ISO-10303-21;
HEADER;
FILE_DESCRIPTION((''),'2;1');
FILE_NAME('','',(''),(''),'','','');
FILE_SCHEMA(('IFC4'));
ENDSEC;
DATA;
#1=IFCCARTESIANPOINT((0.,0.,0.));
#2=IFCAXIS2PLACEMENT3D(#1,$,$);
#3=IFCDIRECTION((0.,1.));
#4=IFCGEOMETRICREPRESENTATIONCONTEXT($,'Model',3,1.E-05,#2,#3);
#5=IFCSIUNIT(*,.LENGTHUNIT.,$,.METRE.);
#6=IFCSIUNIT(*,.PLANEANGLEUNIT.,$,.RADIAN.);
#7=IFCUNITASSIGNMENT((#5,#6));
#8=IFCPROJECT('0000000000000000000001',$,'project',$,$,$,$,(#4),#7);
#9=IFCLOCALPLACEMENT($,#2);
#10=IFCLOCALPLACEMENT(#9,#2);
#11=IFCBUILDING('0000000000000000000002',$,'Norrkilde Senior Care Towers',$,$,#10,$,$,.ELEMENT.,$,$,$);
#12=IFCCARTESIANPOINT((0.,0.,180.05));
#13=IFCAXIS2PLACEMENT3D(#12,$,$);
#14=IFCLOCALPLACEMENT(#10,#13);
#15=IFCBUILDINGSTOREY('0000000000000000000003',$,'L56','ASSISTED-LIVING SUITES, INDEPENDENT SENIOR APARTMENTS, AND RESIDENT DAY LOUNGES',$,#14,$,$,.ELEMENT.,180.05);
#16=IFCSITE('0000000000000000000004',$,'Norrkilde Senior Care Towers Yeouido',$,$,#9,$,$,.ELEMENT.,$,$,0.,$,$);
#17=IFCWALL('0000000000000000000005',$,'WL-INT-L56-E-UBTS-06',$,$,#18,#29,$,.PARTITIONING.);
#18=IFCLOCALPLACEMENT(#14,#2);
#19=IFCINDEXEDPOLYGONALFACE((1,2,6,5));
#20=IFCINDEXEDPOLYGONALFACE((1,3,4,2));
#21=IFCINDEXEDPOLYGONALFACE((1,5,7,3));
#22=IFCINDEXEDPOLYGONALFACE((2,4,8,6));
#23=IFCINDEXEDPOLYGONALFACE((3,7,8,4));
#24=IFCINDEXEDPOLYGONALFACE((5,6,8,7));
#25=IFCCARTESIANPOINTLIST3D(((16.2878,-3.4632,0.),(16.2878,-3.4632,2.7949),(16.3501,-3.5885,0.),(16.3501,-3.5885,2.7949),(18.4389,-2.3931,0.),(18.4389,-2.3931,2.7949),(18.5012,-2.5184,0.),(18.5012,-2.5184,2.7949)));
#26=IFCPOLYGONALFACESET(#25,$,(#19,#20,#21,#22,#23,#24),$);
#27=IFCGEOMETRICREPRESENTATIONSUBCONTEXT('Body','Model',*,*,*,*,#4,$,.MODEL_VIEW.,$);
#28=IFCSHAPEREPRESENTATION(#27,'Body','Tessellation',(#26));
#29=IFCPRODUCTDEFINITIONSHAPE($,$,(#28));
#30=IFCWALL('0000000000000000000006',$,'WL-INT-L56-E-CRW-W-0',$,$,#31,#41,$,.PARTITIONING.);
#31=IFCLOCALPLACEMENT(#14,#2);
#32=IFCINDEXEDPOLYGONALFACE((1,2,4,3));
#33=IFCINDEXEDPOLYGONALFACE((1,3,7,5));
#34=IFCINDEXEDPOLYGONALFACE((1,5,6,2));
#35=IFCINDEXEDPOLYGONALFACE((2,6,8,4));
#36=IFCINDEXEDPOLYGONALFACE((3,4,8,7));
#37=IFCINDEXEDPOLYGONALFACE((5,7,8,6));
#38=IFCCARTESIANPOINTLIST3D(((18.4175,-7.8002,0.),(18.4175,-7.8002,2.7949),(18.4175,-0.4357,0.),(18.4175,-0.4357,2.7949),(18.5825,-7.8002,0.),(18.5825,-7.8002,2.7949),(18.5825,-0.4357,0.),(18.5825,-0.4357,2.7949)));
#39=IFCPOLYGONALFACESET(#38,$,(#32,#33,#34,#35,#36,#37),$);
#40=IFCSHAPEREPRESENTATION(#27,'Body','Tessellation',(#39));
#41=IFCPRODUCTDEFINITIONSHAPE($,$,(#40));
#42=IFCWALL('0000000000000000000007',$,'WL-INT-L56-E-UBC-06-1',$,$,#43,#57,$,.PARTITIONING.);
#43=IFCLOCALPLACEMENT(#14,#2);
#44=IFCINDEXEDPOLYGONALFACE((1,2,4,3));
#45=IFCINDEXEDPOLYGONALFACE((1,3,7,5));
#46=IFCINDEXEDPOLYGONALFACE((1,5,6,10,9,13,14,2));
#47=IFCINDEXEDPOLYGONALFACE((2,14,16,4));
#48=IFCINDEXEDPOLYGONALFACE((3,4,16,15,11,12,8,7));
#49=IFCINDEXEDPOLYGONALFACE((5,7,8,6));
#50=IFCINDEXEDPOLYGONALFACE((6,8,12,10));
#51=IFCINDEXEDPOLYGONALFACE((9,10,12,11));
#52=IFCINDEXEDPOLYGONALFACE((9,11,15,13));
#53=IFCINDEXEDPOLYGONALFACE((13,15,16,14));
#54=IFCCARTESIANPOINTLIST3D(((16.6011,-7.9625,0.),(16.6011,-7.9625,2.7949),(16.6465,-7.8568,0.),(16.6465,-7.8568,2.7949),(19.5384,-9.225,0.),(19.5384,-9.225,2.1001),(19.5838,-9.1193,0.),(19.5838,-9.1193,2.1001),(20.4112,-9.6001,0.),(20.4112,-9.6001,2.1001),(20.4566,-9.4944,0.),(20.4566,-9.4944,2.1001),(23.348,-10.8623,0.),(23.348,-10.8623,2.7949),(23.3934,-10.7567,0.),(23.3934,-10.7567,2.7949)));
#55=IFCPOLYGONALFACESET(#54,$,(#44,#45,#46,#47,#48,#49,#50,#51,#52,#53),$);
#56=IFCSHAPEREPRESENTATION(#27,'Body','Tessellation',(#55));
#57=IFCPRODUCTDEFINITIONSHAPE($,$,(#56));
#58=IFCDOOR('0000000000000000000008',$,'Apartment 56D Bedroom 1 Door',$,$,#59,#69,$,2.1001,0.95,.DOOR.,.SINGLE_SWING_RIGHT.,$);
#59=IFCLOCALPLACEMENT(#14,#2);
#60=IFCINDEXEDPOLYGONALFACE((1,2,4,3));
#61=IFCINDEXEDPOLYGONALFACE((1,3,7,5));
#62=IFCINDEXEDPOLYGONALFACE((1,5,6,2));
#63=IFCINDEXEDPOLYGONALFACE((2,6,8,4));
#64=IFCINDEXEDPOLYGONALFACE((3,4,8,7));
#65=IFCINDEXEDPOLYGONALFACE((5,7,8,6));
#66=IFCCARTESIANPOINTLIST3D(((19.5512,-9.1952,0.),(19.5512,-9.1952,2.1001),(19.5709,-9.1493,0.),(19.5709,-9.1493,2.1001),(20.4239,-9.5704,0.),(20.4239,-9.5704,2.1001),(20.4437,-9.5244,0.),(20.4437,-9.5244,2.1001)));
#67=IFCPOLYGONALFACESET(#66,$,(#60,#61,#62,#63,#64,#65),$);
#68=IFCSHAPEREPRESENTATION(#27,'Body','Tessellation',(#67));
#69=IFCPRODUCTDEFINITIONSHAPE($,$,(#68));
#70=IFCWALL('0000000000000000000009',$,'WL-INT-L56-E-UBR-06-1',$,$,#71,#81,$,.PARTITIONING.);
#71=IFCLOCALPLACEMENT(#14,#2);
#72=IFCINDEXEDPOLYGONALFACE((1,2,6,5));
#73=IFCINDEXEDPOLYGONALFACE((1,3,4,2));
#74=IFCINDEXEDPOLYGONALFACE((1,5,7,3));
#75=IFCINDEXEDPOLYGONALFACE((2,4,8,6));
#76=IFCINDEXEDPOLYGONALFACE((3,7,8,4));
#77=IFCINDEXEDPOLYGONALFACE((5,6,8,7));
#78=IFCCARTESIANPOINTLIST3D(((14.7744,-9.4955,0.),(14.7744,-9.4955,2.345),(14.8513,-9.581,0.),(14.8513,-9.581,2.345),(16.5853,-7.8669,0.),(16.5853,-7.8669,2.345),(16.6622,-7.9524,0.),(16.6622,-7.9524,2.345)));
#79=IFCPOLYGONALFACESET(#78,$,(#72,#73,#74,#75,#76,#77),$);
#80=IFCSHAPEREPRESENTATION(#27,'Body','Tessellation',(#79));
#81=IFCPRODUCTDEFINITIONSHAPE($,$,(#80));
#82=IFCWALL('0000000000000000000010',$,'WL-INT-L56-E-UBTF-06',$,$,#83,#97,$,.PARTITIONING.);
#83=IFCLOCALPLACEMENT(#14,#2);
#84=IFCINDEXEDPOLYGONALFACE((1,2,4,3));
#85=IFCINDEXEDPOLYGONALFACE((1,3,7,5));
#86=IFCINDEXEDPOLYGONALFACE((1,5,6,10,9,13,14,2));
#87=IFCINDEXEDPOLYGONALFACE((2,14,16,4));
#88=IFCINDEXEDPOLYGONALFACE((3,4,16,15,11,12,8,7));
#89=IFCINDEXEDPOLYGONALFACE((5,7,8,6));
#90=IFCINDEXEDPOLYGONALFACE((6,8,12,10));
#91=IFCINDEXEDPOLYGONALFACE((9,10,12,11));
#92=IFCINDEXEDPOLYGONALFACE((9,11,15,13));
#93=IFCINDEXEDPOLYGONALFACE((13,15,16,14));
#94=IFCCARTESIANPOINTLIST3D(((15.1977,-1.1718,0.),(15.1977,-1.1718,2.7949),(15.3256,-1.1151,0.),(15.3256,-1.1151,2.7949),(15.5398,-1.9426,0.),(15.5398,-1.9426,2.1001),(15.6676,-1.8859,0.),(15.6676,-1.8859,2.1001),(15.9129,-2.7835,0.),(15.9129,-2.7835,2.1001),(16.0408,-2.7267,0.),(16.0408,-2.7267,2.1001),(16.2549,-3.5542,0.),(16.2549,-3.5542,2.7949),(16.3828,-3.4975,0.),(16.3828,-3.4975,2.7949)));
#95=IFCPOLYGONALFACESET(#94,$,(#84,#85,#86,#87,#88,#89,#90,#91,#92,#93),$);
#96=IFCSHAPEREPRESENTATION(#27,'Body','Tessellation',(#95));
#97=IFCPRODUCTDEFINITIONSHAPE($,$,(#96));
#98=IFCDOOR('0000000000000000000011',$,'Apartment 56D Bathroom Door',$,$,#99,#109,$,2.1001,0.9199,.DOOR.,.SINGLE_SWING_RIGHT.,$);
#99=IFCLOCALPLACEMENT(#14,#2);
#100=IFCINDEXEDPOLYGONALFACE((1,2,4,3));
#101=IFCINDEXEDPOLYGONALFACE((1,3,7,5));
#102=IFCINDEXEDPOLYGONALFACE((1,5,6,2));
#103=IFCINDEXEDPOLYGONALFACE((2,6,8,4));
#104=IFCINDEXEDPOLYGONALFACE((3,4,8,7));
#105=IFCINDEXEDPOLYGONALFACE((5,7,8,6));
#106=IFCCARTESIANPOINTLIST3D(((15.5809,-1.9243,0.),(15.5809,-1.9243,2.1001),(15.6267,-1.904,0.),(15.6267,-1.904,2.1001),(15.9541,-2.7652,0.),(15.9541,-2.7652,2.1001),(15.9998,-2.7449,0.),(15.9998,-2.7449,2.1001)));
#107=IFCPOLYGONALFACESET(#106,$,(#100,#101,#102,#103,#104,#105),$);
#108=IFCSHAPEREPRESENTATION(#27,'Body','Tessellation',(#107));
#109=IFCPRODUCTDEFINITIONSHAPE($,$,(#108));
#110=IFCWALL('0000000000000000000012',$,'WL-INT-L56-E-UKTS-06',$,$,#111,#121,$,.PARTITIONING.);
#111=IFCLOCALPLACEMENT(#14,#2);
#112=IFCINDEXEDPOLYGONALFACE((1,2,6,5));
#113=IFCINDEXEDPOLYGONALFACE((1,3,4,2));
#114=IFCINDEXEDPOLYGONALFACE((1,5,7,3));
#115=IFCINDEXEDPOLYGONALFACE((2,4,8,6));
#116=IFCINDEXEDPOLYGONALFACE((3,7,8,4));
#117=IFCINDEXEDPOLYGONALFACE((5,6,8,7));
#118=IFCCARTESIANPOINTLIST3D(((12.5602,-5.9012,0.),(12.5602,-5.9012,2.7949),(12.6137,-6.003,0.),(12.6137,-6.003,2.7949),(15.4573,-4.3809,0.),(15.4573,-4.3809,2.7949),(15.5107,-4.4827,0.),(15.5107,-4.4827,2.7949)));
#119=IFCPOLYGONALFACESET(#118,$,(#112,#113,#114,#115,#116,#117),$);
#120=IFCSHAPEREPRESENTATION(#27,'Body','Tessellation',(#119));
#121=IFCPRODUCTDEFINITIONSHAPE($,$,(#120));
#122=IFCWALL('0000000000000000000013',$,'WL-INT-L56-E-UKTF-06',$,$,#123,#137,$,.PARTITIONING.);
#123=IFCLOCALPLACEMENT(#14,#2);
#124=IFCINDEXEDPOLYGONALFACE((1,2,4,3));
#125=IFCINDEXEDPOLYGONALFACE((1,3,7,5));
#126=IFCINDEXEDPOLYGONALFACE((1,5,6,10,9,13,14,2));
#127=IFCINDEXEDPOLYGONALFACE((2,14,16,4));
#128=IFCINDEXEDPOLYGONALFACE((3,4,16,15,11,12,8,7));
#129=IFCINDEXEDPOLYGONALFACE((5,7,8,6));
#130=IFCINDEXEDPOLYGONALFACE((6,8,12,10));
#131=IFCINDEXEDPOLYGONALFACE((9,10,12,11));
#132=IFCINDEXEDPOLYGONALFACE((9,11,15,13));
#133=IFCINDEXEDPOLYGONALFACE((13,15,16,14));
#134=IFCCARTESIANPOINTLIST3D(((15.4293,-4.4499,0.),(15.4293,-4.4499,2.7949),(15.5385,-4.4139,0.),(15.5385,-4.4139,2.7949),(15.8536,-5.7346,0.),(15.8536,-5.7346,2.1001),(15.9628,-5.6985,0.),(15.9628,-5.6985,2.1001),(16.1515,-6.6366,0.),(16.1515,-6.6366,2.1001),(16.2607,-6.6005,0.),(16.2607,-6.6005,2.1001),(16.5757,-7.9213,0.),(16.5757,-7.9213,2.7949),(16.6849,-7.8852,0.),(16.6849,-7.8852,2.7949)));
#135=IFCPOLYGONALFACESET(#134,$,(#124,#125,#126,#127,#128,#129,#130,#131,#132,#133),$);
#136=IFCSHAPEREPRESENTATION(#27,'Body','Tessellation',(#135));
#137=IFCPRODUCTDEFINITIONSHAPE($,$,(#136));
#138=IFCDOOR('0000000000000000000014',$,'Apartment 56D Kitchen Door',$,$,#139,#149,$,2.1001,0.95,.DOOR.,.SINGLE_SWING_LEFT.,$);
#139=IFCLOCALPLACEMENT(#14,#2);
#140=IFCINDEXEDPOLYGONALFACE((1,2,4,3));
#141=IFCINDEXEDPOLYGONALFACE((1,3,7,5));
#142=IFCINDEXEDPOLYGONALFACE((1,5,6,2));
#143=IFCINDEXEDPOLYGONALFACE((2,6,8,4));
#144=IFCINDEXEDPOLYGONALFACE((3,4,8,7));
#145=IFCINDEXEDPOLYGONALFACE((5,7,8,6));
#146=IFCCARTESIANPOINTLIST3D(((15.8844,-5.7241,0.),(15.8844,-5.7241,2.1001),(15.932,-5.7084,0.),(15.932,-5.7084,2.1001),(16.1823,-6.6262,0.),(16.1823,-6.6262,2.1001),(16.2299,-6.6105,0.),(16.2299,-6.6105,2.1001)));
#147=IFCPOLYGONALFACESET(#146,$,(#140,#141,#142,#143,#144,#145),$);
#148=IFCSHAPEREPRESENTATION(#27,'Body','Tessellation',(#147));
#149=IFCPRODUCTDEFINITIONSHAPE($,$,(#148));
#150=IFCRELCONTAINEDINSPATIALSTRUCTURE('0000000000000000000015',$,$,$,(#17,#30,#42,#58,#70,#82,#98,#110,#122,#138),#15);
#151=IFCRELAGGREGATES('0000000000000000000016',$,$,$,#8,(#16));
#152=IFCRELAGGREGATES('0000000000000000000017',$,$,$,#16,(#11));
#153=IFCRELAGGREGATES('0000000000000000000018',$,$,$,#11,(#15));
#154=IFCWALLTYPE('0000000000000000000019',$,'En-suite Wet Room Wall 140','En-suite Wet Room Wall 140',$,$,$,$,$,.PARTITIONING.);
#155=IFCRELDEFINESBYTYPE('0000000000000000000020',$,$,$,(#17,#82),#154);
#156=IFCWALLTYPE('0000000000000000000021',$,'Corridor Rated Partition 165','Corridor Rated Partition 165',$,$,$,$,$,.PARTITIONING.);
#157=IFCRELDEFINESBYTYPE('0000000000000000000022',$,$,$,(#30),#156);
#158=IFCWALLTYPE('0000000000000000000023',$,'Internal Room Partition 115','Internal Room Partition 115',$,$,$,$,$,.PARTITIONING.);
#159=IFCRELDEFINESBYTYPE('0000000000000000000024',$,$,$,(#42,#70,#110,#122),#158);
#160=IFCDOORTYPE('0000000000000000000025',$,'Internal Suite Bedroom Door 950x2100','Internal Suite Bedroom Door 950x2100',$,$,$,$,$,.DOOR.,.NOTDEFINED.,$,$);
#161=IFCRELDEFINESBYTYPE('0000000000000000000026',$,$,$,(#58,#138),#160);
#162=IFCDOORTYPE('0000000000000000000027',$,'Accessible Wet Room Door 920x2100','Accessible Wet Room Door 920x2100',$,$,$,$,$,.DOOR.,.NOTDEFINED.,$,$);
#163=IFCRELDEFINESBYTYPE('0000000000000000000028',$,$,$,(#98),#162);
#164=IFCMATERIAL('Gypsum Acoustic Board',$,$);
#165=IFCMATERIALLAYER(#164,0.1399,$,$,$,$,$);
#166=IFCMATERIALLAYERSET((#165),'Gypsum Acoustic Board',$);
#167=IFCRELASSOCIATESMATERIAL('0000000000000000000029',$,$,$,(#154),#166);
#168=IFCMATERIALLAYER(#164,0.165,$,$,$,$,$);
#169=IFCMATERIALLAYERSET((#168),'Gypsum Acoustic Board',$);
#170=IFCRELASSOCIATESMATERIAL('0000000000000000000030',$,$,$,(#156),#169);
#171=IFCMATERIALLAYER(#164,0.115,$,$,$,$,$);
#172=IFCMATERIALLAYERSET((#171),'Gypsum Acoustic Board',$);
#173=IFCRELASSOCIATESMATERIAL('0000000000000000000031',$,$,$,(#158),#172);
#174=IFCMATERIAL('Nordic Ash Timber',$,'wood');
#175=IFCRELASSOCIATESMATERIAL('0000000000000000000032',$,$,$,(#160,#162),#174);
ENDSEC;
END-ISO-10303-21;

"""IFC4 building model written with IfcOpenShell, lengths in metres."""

from ifc_helpers import new_model, si_unit, direction, frame, frame_2d, origin, place, context, subcontext, project, spatial, rectangle, extrude, source, transform, mapped, material, layer, layer_set, type_object, type_shapes, element, fill, save


model = new_model("IFC4")

# Units and contexts
model_context = context("Model", 3, precision=1e-05, world=origin(), true_north=direction((0.0, 1.0)))
body_context = subcontext(model_context, "Body", "Model", "MODEL_VIEW")
ifc_project = project(units=[si_unit("LENGTHUNIT", "METRE"), si_unit("PLANEANGLEUNIT", "RADIAN")], contexts=[model_context])

# Site, building, storey
site_placement = place(None, origin())
site = spatial("IfcSite", under=ifc_project, at=site_placement, Name="Norrkilde Senior Care Towers Yeouido", CompositionType="ELEMENT", RefElevation=0.0)
building_placement = place(site_placement, origin())
building = spatial("IfcBuilding", under=site, at=building_placement, Name="Norrkilde Senior Care Towers", CompositionType="ELEMENT")
storey_placement = place(building_placement, frame((0.0, 0.0, 180.05)))
storey = spatial("IfcBuildingStorey", under=building, at=storey_placement, Name="L56", Description="ASSISTED-LIVING SUITES, INDEPENDENT SENIOR APARTMENTS, AND RESIDENT DAY LOUNGES", CompositionType="ELEMENT", Elevation=180.05)

# Walls
ifc_material_1 = material(Name="Gypsum Acoustic Board")
ifc_layer_1 = layer(ifc_material_1, 0.1399)
ifc_layer_set_1 = layer_set([ifc_layer_1], Name="Gypsum Acoustic Board")
wall_type_1 = type_object("IfcWallType", Name="En-suite Wet Room Wall 140", Description="En-suite Wet Room Wall 140", PredefinedType="PARTITIONING", material=ifc_layer_set_1)
shared_shape_1 = source(origin(), body_context, "Body", "SweptSolid", [
    extrude(rectangle(XDim=2.4026, YDim=0.1399, at=frame_2d((1.2012, 0.0))), origin(), (0.0, 0.0, 1.0), 2.7949),
])
wall_1_placement = place(storey_placement, frame((18.47, -2.4558, 0.0), z_axis=(0.0, 0.0, 1.0), x_axis=(-0.89534, -0.445384, 0.0)))
element("IfcWall", 1, at=wall_1_placement, inside=storey, type_object=wall_type_1, Name="WL-INT-L56-E-UBTS-06", PredefinedType="PARTITIONING", context=body_context, shape_type="MappedRepresentation", body=[
    mapped(shared_shape_1, transform((0.0, 0.0, 0.0), x_axis=(1.0, 0.0, 0.0), y_axis=(0.0, 1.0, 0.0), z_axis=(0.0, 0.0, 1.0), scale=1.0)),
])
ifc_layer_2 = layer(ifc_material_1, 0.165)
ifc_layer_set_2 = layer_set([ifc_layer_2], Name="Gypsum Acoustic Board")
wall_type_2 = type_object("IfcWallType", Name="Corridor Rated Partition 165", Description="Corridor Rated Partition 165", PredefinedType="PARTITIONING", material=ifc_layer_set_2)
shared_shape_2 = source(origin(), body_context, "Body", "SweptSolid", [
    extrude(rectangle(XDim=7.3645, YDim=0.165, at=frame_2d((3.6821, 0.0))), origin(), (0.0, 0.0, 1.0), 2.7949),
])
type_shapes(wall_type_2, [shared_shape_2])
wall_2_placement = place(storey_placement, frame((18.5, -7.8, 0.0), z_axis=(0.0, 0.0, 1.0), x_axis=(0.0, 1.0, 0.0)))
element("IfcWall", 2, at=wall_2_placement, inside=storey, type_object=wall_type_2, Name="WL-INT-L56-E-CRW-W-0", PredefinedType="PARTITIONING", context=body_context, shape_type="MappedRepresentation", body=[
    mapped(shared_shape_2, transform((0.0, 0.0, 0.0), x_axis=(1.0, 0.0, 0.0), y_axis=(0.0, 1.0, 0.0), z_axis=(0.0, 0.0, 1.0), scale=1.0)),
])

# Wall, opening, door
ifc_layer_3 = layer(ifc_material_1, 0.115)
ifc_layer_set_3 = layer_set([ifc_layer_3], Name="Gypsum Acoustic Board")
wall_type_3 = type_object("IfcWallType", Name="Internal Room Partition 115", Description="Internal Room Partition 115", PredefinedType="PARTITIONING", material=ifc_layer_set_3)
shared_shape_3 = source(origin(), body_context, "Body", "SweptSolid", [
    extrude(rectangle(XDim=7.3438, YDim=0.115, at=frame_2d((3.6719, 0.0))), origin(), (0.0, 0.0, 1.0), 2.7949),
])
wall_3_placement = place(storey_placement, frame((16.6238, -7.9097, 0.0), z_axis=(0.0, 0.0, 1.0), x_axis=(0.918735, -0.394874, 0.0)))
wall_3 = element("IfcWall", 3, at=wall_3_placement, inside=storey, type_object=wall_type_3, Name="WL-INT-L56-E-UBC-06-1", PredefinedType="PARTITIONING", context=body_context, shape_type="MappedRepresentation", body=[
    mapped(shared_shape_3, transform((0.0, 0.0, 0.0), x_axis=(1.0, 0.0, 0.0), y_axis=(0.0, 1.0, 0.0), z_axis=(0.0, 0.0, 1.0), scale=1.0)),
])
opening_1_placement = place(wall_3_placement, frame((3.197, 0.0, 0.0)))
opening_1 = element("IfcOpeningElement", 4, at=opening_1_placement, cuts=wall_3, PredefinedType="OPENING", context=body_context, shape_type="SweptSolid", body=[
    extrude(rectangle(XDim=0.95, YDim=2.1001, at=frame_2d((0.4751, 1.05))), frame((0.0, 0.0674, 0.0), z_axis=(0.0, -1.0, 0.0), x_axis=(1.0, 0.0, 0.0)), (0.0, 0.0, 1.0), 0.135),
])
ifc_material_2 = material(Name="Nordic Ash Timber", Category="wood")
door_type_1 = type_object("IfcDoorType", Name="Internal Suite Bedroom Door 950x2100", Description="Internal Suite Bedroom Door 950x2100", OperationType="NOTDEFINED", PredefinedType="DOOR", material=ifc_material_2)
shared_shape_4 = source(origin(), body_context, "Body", "SweptSolid", [
    extrude(rectangle(XDim=0.95, YDim=2.1001, at=frame_2d((0.4751, 1.05))), frame((0.0, 0.0249, 0.0), z_axis=(0.0, -1.0, 0.0), x_axis=(1.0, 0.0, 0.0)), (0.0, 0.0, 1.0), 0.05),
])
type_shapes(door_type_1, [shared_shape_4])
door_1_placement = place(opening_1_placement, origin())
door_1 = element("IfcDoor", 5, at=door_1_placement, inside=storey, type_object=door_type_1, Name="Apartment 56D Bedroom 1 Door", OperationType="SINGLE_SWING_RIGHT", OverallHeight=2.1001, OverallWidth=0.95, PredefinedType="DOOR", context=body_context, shape_type="MappedRepresentation", body=[
    mapped(shared_shape_4, transform((0.0, 0.0, 0.0), x_axis=(1.0, 0.0, 0.0), y_axis=(0.0, 1.0, 0.0), z_axis=(0.0, 0.0, 1.0), scale=1.0)),
])
fill(opening_1, door_1)

# Wall
shared_shape_5 = source(origin(), body_context, "Body", "SweptSolid", [
    extrude(rectangle(XDim=2.4355, YDim=0.115, at=frame_2d((1.2178, 0.0))), origin(), (0.0, 0.0, 1.0), 2.345),
])
wall_4_placement = place(storey_placement, frame((16.6238, -7.9097, 0.0), z_axis=(0.0, 0.0, 1.0), x_axis=(-0.743553, -0.668677, 0.0)))
element("IfcWall", 6, at=wall_4_placement, inside=storey, type_object=wall_type_3, Name="WL-INT-L56-E-UBR-06-1", PredefinedType="PARTITIONING", context=body_context, shape_type="MappedRepresentation", body=[
    mapped(shared_shape_5, transform((0.0, 0.0, 0.0), x_axis=(1.0, 0.0, 0.0), y_axis=(0.0, 1.0, 0.0), z_axis=(0.0, 0.0, 1.0), scale=1.0)),
])

# Wall, opening, door
shared_shape_6 = source(origin(), body_context, "Body", "SweptSolid", [
    extrude(rectangle(XDim=2.6064, YDim=0.1399, at=frame_2d((1.3032, 0.0))), origin(), (0.0, 0.0, 1.0), 2.7949),
])
type_shapes(wall_type_1, [shared_shape_1, shared_shape_6])
wall_5_placement = place(storey_placement, frame((16.3188, -3.5259, 0.0), z_axis=(0.0, 0.0, 1.0), x_axis=(-0.4056, 0.914051, 0.0)))
wall_5 = element("IfcWall", 7, at=wall_5_placement, inside=storey, type_object=wall_type_1, Name="WL-INT-L56-E-UBTF-06", PredefinedType="PARTITIONING", context=body_context, shape_type="MappedRepresentation", body=[
    mapped(shared_shape_6, transform((0.0, 0.0, 0.0), x_axis=(1.0, 0.0, 0.0), y_axis=(0.0, 1.0, 0.0), z_axis=(0.0, 0.0, 1.0), scale=1.0)),
])
opening_2_placement = place(wall_5_placement, frame((0.8433, 0.0, 0.0)))
opening_2 = element("IfcOpeningElement", 8, at=opening_2_placement, cuts=wall_5, PredefinedType="OPENING", context=body_context, shape_type="SweptSolid", body=[
    extrude(rectangle(XDim=0.9199, YDim=2.1001, at=frame_2d((0.46, 1.05))), frame((0.0, 0.0798, 0.0), z_axis=(0.0, -1.0, 0.0), x_axis=(1.0, 0.0, 0.0)), (0.0, 0.0, 1.0), 0.1599),
])
door_type_2 = type_object("IfcDoorType", Name="Accessible Wet Room Door 920x2100", Description="Accessible Wet Room Door 920x2100", OperationType="NOTDEFINED", PredefinedType="DOOR", material=ifc_material_2)
shared_shape_7 = source(origin(), body_context, "Body", "SweptSolid", [
    extrude(rectangle(XDim=0.9199, YDim=2.1001, at=frame_2d((0.46, 1.05))), frame((0.0, 0.0249, 0.0), z_axis=(0.0, -1.0, 0.0), x_axis=(1.0, 0.0, 0.0)), (0.0, 0.0, 1.0), 0.05),
])
type_shapes(door_type_2, [shared_shape_7])
door_2_placement = place(opening_2_placement, origin())
door_2 = element("IfcDoor", 9, at=door_2_placement, inside=storey, type_object=door_type_2, Name="Apartment 56D Bathroom Door", OperationType="SINGLE_SWING_RIGHT", OverallHeight=2.1001, OverallWidth=0.9199, PredefinedType="DOOR", context=body_context, shape_type="MappedRepresentation", body=[
    mapped(shared_shape_7, transform((0.0, 0.0, 0.0), x_axis=(1.0, 0.0, 0.0), y_axis=(0.0, 1.0, 0.0), z_axis=(0.0, 0.0, 1.0), scale=1.0)),
])
fill(opening_2, door_2)

# Wall
shared_shape_8 = source(origin(), body_context, "Body", "SweptSolid", [
    extrude(rectangle(XDim=3.2717, YDim=0.115, at=frame_2d((1.6357, 0.0))), origin(), (0.0, 0.0, 1.0), 2.7949),
])
wall_6_placement = place(storey_placement, frame((15.4839, -4.4319, 0.0), z_axis=(0.0, 0.0, 1.0), x_axis=(-0.885479, -0.464679, 0.0)))
element("IfcWall", 10, at=wall_6_placement, inside=storey, type_object=wall_type_3, Name="WL-INT-L56-E-UKTS-06", PredefinedType="PARTITIONING", context=body_context, shape_type="MappedRepresentation", body=[
    mapped(shared_shape_8, transform((0.0, 0.0, 0.0), x_axis=(1.0, 0.0, 0.0), y_axis=(0.0, 1.0, 0.0), z_axis=(0.0, 0.0, 1.0), scale=1.0)),
])

# Wall, opening, door
shared_shape_9 = source(origin(), body_context, "Body", "SweptSolid", [
    extrude(rectangle(XDim=3.6558, YDim=0.115, at=frame_2d((1.8279, 0.0))), origin(), (0.0, 0.0, 1.0), 2.7949),
])
type_shapes(wall_type_3, [shared_shape_3, shared_shape_5, shared_shape_8, shared_shape_9])
wall_7_placement = place(storey_placement, frame((15.4839, -4.4319, 0.0), z_axis=(0.0, 0.0, 1.0), x_axis=(0.313602, -0.949554, 0.0)))
wall_7 = element("IfcWall", 11, at=wall_7_placement, inside=storey, type_object=wall_type_3, Name="WL-INT-L56-E-UKTF-06", PredefinedType="PARTITIONING", context=body_context, shape_type="MappedRepresentation", body=[
    mapped(shared_shape_9, transform((0.0, 0.0, 0.0), x_axis=(1.0, 0.0, 0.0), y_axis=(0.0, 1.0, 0.0), z_axis=(0.0, 0.0, 1.0), scale=1.0)),
])
opening_3_placement = place(wall_7_placement, frame((1.3528, 0.0, 0.0)))
opening_3 = element("IfcOpeningElement", 12, at=opening_3_placement, cuts=wall_7, PredefinedType="OPENING", context=body_context, shape_type="SweptSolid", body=[
    extrude(rectangle(XDim=0.95, YDim=2.1001, at=frame_2d((0.4751, 1.05))), frame((0.0, 0.0674, 0.0), z_axis=(0.0, -1.0, 0.0), x_axis=(1.0, 0.0, 0.0)), (0.0, 0.0, 1.0), 0.135),
])
door_3_placement = place(opening_3_placement, frame((0.95, 0.0, 0.0), z_axis=(0.0, 0.0, 1.0), x_axis=(-1.0, 0.0, 0.0)))
door_3 = element("IfcDoor", 13, at=door_3_placement, inside=storey, type_object=door_type_1, Name="Apartment 56D Kitchen Door", OperationType="SINGLE_SWING_LEFT", OverallHeight=2.1001, OverallWidth=0.95, PredefinedType="DOOR", context=body_context, shape_type="MappedRepresentation", body=[
    mapped(shared_shape_4, transform((0.0, 0.0, 0.0), x_axis=(1.0, 0.0, 0.0), y_axis=(0.0, 1.0, 0.0), z_axis=(0.0, 0.0, 1.0), scale=1.0)),
])
fill(opening_3, door_3)

save(model, "model.ifc")
